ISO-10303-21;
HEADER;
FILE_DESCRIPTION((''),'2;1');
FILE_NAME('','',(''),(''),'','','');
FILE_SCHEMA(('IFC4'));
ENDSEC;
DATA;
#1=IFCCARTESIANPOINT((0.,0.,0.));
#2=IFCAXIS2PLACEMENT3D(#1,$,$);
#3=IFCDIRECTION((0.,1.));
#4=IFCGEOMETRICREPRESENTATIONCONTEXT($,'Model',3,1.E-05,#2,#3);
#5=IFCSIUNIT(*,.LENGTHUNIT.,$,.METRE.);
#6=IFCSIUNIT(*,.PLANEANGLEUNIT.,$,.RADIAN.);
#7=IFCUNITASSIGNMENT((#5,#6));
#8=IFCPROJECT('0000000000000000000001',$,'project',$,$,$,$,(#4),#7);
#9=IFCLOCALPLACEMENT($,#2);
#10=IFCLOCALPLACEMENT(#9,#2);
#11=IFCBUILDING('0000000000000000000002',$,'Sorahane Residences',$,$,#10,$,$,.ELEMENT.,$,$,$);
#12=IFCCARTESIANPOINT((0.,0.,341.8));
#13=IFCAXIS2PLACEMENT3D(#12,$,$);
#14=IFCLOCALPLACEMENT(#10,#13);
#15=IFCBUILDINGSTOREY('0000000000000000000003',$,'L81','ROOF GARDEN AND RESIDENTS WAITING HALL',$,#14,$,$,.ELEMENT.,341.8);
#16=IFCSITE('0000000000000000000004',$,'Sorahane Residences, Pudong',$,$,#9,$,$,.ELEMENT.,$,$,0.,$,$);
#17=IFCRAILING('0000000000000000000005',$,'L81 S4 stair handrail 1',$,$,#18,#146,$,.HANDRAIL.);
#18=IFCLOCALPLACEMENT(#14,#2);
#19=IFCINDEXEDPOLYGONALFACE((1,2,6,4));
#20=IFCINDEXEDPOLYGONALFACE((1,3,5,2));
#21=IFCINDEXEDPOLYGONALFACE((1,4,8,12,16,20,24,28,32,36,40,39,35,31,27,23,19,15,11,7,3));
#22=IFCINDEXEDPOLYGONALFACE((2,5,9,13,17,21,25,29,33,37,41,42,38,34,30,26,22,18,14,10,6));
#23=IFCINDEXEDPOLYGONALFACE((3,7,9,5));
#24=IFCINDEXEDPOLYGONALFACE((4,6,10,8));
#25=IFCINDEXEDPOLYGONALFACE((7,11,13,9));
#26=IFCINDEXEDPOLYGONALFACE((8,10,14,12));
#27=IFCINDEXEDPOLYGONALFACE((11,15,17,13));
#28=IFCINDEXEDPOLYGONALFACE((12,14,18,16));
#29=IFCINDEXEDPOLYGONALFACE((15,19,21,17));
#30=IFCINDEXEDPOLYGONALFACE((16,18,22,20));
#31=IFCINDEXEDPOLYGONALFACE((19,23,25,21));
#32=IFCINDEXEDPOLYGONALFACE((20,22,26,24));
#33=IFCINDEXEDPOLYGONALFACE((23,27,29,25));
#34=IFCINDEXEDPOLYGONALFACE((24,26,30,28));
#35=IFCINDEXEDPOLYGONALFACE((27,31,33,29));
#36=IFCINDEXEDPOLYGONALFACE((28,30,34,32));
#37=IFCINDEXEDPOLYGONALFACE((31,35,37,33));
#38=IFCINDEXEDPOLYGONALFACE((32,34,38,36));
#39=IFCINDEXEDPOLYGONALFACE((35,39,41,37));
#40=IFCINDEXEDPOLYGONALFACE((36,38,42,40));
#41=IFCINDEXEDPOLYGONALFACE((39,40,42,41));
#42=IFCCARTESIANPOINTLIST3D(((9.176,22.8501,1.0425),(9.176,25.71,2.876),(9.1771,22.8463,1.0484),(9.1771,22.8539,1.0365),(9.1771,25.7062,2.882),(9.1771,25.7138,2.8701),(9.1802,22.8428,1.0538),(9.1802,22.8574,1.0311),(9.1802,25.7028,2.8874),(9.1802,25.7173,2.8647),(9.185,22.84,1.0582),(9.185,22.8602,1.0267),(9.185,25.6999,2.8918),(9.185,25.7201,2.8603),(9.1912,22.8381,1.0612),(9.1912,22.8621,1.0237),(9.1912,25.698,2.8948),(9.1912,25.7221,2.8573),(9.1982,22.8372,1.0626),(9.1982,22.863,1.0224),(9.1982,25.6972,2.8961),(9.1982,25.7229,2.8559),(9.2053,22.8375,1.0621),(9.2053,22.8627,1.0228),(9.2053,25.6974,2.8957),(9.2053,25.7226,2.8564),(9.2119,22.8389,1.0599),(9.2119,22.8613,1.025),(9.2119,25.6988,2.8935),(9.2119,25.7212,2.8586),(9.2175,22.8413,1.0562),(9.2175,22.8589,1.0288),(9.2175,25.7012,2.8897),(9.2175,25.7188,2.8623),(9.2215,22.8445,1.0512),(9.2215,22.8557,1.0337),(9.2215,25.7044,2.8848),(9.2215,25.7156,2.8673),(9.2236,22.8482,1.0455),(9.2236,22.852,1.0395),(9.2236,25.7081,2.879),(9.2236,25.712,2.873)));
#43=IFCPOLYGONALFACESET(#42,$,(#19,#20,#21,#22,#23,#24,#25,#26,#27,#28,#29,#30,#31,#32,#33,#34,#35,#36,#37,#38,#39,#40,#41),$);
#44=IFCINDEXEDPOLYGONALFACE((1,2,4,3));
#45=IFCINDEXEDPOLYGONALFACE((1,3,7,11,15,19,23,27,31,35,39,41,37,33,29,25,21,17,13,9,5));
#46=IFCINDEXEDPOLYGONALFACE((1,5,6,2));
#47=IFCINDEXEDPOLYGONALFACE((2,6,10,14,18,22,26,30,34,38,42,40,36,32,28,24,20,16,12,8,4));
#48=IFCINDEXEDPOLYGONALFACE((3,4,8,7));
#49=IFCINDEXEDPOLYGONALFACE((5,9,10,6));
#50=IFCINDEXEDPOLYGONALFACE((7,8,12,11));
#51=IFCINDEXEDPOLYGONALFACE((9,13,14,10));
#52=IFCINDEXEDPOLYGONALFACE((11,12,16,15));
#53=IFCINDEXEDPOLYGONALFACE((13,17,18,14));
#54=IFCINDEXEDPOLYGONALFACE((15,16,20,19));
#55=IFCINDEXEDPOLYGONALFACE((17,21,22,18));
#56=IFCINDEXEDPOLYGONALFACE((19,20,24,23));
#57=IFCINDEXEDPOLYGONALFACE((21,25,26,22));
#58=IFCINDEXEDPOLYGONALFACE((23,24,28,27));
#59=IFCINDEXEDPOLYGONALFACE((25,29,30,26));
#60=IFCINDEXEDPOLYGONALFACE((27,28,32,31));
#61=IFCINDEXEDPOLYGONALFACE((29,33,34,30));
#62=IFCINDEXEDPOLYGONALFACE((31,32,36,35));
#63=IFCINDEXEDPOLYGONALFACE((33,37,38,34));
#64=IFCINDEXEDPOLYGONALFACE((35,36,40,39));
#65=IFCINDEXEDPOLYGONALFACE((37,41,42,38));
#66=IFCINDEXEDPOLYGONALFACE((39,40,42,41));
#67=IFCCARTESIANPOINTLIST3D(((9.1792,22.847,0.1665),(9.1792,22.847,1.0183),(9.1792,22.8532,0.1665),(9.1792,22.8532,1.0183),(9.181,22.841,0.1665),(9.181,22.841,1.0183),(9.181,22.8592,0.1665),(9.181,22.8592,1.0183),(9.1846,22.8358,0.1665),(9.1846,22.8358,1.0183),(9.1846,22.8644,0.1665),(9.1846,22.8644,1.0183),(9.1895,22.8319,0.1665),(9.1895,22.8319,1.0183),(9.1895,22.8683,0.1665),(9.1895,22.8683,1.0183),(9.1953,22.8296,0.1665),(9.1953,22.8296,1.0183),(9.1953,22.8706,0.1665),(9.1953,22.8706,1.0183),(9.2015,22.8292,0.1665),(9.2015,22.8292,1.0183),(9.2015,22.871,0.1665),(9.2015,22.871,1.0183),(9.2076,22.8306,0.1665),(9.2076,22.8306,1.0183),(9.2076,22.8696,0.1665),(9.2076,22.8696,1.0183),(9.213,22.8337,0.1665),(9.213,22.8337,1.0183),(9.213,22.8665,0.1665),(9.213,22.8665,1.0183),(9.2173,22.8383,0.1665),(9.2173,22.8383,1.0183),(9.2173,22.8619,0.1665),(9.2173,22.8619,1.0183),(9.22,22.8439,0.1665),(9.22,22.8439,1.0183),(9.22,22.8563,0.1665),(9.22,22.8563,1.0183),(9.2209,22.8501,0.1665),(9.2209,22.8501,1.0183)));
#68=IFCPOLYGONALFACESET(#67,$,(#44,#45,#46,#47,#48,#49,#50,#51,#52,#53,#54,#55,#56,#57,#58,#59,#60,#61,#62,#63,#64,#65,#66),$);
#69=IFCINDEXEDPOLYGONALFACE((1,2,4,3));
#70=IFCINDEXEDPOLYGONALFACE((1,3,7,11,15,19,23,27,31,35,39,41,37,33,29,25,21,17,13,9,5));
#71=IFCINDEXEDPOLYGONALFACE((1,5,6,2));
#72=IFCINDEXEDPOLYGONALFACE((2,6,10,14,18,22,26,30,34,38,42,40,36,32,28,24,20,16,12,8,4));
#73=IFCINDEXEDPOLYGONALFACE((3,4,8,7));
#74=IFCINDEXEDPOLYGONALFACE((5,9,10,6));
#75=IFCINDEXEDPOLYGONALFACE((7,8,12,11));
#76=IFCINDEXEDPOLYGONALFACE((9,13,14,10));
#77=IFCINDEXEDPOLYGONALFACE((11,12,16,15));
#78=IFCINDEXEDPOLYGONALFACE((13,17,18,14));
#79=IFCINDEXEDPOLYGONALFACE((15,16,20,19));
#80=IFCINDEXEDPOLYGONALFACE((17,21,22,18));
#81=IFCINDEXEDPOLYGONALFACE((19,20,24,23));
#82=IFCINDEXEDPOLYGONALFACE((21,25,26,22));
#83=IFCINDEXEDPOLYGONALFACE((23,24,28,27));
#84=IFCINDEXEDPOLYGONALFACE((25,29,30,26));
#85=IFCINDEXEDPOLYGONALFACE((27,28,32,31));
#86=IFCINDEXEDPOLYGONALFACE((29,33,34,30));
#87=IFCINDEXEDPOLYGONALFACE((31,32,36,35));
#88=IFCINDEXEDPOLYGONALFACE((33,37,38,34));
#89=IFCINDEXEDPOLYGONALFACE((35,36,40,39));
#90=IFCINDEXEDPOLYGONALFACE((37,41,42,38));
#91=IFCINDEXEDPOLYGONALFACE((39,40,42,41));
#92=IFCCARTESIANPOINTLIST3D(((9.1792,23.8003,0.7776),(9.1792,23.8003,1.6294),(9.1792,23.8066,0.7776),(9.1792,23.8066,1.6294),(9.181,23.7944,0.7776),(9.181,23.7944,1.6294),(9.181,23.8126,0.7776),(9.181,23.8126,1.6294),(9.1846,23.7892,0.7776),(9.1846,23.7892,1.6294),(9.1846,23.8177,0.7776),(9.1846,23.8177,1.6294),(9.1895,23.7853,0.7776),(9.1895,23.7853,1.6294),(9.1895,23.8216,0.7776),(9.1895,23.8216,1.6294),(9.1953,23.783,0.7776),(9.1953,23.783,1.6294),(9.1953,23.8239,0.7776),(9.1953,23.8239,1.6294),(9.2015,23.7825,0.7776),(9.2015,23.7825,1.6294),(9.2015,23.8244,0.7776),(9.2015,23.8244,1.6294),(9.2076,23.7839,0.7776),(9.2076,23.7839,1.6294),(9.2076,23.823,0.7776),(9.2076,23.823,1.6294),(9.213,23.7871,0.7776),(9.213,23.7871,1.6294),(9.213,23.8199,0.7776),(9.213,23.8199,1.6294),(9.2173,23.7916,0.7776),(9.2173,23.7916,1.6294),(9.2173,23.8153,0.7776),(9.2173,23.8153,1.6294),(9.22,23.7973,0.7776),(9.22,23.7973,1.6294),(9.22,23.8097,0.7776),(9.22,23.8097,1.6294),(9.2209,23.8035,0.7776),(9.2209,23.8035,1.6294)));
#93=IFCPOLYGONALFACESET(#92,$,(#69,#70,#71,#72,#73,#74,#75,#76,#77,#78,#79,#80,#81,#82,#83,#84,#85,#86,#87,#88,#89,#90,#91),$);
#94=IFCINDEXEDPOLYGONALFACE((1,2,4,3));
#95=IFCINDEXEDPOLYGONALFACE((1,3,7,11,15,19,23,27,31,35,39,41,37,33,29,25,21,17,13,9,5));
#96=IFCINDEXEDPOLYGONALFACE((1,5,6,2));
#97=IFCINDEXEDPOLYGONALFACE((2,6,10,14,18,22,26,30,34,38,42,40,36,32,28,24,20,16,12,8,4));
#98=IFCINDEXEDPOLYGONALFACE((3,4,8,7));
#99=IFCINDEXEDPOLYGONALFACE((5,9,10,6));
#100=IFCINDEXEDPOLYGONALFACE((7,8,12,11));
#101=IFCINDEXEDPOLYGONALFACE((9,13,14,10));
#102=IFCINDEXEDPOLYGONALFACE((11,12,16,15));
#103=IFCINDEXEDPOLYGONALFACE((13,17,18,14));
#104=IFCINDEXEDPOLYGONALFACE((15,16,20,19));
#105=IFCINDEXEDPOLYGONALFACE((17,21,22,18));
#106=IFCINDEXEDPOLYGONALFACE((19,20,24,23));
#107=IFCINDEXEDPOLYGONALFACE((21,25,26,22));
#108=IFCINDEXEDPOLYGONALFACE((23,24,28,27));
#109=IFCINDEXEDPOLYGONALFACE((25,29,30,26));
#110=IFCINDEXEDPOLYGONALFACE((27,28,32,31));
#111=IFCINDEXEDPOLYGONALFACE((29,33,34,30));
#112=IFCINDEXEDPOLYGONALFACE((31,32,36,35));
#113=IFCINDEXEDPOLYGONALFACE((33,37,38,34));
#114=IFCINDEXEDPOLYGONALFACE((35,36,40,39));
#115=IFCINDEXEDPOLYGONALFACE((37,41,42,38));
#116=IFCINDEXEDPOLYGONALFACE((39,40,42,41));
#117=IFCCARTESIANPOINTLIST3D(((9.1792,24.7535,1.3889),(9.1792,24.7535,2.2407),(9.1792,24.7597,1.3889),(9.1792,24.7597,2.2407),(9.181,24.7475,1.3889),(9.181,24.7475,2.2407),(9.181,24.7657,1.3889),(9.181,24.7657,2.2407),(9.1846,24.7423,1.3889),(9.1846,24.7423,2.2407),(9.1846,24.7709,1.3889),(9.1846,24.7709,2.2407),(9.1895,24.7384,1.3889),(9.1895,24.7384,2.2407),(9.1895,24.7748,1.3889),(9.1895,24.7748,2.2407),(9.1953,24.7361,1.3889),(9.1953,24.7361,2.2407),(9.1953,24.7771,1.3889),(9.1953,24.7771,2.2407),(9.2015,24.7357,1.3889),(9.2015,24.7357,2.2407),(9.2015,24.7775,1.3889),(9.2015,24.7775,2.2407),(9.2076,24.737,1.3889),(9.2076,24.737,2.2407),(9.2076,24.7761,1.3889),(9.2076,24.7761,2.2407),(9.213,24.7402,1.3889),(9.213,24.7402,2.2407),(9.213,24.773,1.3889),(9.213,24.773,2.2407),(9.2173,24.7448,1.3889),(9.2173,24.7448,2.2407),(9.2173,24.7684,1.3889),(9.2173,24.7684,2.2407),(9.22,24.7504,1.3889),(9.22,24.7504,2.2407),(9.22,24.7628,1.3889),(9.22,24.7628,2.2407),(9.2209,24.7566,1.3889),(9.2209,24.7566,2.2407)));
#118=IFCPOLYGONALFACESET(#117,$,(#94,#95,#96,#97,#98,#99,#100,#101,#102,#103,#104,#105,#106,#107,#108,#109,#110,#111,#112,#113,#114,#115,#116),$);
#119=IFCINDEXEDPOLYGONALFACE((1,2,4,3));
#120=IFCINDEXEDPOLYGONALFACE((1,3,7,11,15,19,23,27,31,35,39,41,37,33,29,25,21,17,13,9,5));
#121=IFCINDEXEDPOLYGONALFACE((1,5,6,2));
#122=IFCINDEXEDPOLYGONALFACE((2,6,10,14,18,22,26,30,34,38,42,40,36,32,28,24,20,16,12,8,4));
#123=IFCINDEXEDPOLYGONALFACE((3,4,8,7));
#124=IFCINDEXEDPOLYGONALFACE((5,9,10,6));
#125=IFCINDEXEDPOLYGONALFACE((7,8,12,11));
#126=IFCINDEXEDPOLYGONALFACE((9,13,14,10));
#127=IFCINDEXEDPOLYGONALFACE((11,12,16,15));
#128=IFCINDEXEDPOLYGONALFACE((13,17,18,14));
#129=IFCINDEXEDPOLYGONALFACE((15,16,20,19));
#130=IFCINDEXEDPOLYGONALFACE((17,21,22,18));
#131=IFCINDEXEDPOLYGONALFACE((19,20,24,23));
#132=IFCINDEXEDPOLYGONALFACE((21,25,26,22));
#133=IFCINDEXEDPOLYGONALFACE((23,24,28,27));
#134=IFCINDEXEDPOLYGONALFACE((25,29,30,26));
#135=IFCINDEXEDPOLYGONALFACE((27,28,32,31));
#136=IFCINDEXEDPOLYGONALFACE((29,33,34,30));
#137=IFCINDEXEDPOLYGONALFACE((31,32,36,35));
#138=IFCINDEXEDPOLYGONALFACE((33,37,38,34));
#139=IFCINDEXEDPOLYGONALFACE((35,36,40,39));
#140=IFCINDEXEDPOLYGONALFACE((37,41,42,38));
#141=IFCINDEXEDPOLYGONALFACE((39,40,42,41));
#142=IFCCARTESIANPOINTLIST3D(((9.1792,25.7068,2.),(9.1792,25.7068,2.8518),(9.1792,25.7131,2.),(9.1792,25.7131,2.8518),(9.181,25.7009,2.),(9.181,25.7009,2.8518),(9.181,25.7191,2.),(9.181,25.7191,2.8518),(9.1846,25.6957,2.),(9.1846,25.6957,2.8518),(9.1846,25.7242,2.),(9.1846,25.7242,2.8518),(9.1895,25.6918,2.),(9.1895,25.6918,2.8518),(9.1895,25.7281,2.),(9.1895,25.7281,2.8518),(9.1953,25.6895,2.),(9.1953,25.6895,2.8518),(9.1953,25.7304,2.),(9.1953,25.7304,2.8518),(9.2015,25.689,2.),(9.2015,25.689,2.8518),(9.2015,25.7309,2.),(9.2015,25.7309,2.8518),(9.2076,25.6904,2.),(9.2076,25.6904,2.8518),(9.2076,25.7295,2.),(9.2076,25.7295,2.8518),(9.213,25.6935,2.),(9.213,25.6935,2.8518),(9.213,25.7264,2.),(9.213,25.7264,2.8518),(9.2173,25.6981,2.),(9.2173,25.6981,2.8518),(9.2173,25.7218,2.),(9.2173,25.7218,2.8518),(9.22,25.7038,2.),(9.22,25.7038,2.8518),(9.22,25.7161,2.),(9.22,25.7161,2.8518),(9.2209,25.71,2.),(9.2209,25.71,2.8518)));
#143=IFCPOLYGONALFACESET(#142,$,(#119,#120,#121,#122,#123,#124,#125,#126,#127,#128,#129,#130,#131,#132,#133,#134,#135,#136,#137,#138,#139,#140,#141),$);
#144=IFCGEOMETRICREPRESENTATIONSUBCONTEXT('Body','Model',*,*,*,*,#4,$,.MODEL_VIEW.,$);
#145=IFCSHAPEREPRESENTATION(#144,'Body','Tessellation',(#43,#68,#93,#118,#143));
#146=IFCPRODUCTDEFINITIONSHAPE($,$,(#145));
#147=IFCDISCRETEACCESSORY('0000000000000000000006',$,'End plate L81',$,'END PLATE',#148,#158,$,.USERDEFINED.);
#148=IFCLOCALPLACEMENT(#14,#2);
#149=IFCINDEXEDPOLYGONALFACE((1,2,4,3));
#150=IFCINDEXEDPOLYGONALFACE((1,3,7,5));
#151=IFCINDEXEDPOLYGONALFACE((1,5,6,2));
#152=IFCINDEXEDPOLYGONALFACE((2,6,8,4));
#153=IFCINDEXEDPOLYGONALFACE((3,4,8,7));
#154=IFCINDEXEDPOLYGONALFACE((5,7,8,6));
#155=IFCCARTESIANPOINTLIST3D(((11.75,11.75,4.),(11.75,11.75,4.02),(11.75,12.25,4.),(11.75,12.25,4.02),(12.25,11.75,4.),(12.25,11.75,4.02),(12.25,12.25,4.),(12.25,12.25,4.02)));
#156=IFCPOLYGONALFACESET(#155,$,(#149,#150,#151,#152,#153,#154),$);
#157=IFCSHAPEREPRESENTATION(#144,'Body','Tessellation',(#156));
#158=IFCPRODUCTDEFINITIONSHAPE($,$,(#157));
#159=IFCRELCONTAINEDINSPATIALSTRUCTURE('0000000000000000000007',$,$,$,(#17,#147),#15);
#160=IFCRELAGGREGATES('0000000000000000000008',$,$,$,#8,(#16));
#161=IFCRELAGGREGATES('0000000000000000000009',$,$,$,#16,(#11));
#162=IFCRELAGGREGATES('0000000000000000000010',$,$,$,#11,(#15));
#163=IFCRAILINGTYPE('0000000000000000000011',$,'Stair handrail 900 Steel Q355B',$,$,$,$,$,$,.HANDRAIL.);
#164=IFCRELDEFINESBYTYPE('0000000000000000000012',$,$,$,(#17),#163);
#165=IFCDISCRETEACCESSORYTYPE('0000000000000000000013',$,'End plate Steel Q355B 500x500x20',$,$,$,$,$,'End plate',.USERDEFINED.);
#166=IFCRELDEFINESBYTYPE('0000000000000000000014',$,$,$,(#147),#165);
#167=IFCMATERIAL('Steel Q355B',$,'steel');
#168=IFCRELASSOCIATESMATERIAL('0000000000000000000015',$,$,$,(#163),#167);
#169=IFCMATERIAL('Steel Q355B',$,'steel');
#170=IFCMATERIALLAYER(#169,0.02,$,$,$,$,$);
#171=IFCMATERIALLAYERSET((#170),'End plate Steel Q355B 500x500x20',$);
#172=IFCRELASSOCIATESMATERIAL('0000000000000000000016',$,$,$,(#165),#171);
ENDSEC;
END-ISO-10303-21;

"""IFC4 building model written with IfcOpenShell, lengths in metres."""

from ifc_helpers import new_model, si_unit, direction, frame, origin, origin_2d, place, context, subcontext, project, spatial, rectangle, circle, extrude, material, layer, layer_set, type_object, element, save


model = new_model("IFC4")

# Units and contexts
model_context = context("Model", 3, precision=1e-05, world=origin(), true_north=direction((0.0, 1.0)))
body_context = subcontext(model_context, "Body", "Model", "MODEL_VIEW")
ifc_project = project(units=[si_unit("LENGTHUNIT", "METRE"), si_unit("PLANEANGLEUNIT", "RADIAN")], contexts=[model_context])

# Site, building, storey
site_placement = place(None, origin())
site = spatial("IfcSite", under=ifc_project, at=site_placement, Name="Sorahane Residences, Pudong", CompositionType="ELEMENT", RefElevation=0.0)
building_placement = place(site_placement, origin())
building = spatial("IfcBuilding", under=site, at=building_placement, Name="Sorahane Residences", CompositionType="ELEMENT")
storey_placement = place(building_placement, frame((0.0, 0.0, 341.8)))
storey = spatial("IfcBuildingStorey", under=building, at=storey_placement, Name="L81", Description="ROOF GARDEN AND RESIDENTS WAITING HALL", CompositionType="ELEMENT", Elevation=341.8)

# Railing
ifc_material_1 = material(Name="Steel Q355B", Category="steel")
railing_type = type_object("IfcRailingType", Name="Stair handrail 900 Steel Q355B", PredefinedType="HANDRAIL", material=ifc_material_1)
railing_placement = place(storey_placement, frame((9.2, 22.8501, 0.1665)))
element("IfcRailing", 1, at=railing_placement, inside=storey, type_object=railing_type, Name="L81 S4 stair handrail 1", PredefinedType="HANDRAIL", context=body_context, shape_type="SweptSolid", body=[
    extrude(circle(Radius=0.0239, at=origin_2d()), frame((0.0, 0.0, 0.876), z_axis=(0.0, 0.841846, 0.539718), x_axis=(-1.0, 0.0, 0.0)), (0.0, 0.0, 1.0), 3.3972),
    extrude(circle(Radius=0.021, at=origin_2d()), origin(), (0.0, 0.0, 1.0), 0.8518),
    extrude(circle(Radius=0.021, at=origin_2d()), frame((0.0, 0.9534, 0.6111)), (0.0, 0.0, 1.0), 0.8518),
    extrude(circle(Radius=0.021, at=origin_2d()), frame((0.0, 1.9065, 1.2224)), (0.0, 0.0, 1.0), 0.8518),
    extrude(circle(Radius=0.021, at=origin_2d()), frame((0.0, 2.8599, 1.8335)), (0.0, 0.0, 1.0), 0.8518),
])

# Discrete accessory
ifc_material_2 = material(Name="Steel Q355B", Category="steel")
ifc_layer_1 = layer(ifc_material_2, 0.02)
ifc_layer_set_1 = layer_set([ifc_layer_1], Name="End plate Steel Q355B 500x500x20")
discrete_accessory_type = type_object("IfcDiscreteAccessoryType", Name="End plate Steel Q355B 500x500x20", ElementType="End plate", PredefinedType="USERDEFINED", material=ifc_layer_set_1)
discrete_accessory_placement = place(storey_placement, frame((12.0, 12.0, 4.0), z_axis=(0.0, 0.0, 1.0), x_axis=(1.0, 0.0, 0.0)))
element("IfcDiscreteAccessory", 2, at=discrete_accessory_placement, inside=storey, type_object=discrete_accessory_type, Name="End plate L81", ObjectType="END PLATE", PredefinedType="USERDEFINED", context=body_context, shape_type="SweptSolid", body=[
    extrude(rectangle(XDim=0.5, YDim=0.5, at=origin_2d()), origin(), (0.0, 0.0, 1.0), 0.02),
])

save(model, "model.ifc")
